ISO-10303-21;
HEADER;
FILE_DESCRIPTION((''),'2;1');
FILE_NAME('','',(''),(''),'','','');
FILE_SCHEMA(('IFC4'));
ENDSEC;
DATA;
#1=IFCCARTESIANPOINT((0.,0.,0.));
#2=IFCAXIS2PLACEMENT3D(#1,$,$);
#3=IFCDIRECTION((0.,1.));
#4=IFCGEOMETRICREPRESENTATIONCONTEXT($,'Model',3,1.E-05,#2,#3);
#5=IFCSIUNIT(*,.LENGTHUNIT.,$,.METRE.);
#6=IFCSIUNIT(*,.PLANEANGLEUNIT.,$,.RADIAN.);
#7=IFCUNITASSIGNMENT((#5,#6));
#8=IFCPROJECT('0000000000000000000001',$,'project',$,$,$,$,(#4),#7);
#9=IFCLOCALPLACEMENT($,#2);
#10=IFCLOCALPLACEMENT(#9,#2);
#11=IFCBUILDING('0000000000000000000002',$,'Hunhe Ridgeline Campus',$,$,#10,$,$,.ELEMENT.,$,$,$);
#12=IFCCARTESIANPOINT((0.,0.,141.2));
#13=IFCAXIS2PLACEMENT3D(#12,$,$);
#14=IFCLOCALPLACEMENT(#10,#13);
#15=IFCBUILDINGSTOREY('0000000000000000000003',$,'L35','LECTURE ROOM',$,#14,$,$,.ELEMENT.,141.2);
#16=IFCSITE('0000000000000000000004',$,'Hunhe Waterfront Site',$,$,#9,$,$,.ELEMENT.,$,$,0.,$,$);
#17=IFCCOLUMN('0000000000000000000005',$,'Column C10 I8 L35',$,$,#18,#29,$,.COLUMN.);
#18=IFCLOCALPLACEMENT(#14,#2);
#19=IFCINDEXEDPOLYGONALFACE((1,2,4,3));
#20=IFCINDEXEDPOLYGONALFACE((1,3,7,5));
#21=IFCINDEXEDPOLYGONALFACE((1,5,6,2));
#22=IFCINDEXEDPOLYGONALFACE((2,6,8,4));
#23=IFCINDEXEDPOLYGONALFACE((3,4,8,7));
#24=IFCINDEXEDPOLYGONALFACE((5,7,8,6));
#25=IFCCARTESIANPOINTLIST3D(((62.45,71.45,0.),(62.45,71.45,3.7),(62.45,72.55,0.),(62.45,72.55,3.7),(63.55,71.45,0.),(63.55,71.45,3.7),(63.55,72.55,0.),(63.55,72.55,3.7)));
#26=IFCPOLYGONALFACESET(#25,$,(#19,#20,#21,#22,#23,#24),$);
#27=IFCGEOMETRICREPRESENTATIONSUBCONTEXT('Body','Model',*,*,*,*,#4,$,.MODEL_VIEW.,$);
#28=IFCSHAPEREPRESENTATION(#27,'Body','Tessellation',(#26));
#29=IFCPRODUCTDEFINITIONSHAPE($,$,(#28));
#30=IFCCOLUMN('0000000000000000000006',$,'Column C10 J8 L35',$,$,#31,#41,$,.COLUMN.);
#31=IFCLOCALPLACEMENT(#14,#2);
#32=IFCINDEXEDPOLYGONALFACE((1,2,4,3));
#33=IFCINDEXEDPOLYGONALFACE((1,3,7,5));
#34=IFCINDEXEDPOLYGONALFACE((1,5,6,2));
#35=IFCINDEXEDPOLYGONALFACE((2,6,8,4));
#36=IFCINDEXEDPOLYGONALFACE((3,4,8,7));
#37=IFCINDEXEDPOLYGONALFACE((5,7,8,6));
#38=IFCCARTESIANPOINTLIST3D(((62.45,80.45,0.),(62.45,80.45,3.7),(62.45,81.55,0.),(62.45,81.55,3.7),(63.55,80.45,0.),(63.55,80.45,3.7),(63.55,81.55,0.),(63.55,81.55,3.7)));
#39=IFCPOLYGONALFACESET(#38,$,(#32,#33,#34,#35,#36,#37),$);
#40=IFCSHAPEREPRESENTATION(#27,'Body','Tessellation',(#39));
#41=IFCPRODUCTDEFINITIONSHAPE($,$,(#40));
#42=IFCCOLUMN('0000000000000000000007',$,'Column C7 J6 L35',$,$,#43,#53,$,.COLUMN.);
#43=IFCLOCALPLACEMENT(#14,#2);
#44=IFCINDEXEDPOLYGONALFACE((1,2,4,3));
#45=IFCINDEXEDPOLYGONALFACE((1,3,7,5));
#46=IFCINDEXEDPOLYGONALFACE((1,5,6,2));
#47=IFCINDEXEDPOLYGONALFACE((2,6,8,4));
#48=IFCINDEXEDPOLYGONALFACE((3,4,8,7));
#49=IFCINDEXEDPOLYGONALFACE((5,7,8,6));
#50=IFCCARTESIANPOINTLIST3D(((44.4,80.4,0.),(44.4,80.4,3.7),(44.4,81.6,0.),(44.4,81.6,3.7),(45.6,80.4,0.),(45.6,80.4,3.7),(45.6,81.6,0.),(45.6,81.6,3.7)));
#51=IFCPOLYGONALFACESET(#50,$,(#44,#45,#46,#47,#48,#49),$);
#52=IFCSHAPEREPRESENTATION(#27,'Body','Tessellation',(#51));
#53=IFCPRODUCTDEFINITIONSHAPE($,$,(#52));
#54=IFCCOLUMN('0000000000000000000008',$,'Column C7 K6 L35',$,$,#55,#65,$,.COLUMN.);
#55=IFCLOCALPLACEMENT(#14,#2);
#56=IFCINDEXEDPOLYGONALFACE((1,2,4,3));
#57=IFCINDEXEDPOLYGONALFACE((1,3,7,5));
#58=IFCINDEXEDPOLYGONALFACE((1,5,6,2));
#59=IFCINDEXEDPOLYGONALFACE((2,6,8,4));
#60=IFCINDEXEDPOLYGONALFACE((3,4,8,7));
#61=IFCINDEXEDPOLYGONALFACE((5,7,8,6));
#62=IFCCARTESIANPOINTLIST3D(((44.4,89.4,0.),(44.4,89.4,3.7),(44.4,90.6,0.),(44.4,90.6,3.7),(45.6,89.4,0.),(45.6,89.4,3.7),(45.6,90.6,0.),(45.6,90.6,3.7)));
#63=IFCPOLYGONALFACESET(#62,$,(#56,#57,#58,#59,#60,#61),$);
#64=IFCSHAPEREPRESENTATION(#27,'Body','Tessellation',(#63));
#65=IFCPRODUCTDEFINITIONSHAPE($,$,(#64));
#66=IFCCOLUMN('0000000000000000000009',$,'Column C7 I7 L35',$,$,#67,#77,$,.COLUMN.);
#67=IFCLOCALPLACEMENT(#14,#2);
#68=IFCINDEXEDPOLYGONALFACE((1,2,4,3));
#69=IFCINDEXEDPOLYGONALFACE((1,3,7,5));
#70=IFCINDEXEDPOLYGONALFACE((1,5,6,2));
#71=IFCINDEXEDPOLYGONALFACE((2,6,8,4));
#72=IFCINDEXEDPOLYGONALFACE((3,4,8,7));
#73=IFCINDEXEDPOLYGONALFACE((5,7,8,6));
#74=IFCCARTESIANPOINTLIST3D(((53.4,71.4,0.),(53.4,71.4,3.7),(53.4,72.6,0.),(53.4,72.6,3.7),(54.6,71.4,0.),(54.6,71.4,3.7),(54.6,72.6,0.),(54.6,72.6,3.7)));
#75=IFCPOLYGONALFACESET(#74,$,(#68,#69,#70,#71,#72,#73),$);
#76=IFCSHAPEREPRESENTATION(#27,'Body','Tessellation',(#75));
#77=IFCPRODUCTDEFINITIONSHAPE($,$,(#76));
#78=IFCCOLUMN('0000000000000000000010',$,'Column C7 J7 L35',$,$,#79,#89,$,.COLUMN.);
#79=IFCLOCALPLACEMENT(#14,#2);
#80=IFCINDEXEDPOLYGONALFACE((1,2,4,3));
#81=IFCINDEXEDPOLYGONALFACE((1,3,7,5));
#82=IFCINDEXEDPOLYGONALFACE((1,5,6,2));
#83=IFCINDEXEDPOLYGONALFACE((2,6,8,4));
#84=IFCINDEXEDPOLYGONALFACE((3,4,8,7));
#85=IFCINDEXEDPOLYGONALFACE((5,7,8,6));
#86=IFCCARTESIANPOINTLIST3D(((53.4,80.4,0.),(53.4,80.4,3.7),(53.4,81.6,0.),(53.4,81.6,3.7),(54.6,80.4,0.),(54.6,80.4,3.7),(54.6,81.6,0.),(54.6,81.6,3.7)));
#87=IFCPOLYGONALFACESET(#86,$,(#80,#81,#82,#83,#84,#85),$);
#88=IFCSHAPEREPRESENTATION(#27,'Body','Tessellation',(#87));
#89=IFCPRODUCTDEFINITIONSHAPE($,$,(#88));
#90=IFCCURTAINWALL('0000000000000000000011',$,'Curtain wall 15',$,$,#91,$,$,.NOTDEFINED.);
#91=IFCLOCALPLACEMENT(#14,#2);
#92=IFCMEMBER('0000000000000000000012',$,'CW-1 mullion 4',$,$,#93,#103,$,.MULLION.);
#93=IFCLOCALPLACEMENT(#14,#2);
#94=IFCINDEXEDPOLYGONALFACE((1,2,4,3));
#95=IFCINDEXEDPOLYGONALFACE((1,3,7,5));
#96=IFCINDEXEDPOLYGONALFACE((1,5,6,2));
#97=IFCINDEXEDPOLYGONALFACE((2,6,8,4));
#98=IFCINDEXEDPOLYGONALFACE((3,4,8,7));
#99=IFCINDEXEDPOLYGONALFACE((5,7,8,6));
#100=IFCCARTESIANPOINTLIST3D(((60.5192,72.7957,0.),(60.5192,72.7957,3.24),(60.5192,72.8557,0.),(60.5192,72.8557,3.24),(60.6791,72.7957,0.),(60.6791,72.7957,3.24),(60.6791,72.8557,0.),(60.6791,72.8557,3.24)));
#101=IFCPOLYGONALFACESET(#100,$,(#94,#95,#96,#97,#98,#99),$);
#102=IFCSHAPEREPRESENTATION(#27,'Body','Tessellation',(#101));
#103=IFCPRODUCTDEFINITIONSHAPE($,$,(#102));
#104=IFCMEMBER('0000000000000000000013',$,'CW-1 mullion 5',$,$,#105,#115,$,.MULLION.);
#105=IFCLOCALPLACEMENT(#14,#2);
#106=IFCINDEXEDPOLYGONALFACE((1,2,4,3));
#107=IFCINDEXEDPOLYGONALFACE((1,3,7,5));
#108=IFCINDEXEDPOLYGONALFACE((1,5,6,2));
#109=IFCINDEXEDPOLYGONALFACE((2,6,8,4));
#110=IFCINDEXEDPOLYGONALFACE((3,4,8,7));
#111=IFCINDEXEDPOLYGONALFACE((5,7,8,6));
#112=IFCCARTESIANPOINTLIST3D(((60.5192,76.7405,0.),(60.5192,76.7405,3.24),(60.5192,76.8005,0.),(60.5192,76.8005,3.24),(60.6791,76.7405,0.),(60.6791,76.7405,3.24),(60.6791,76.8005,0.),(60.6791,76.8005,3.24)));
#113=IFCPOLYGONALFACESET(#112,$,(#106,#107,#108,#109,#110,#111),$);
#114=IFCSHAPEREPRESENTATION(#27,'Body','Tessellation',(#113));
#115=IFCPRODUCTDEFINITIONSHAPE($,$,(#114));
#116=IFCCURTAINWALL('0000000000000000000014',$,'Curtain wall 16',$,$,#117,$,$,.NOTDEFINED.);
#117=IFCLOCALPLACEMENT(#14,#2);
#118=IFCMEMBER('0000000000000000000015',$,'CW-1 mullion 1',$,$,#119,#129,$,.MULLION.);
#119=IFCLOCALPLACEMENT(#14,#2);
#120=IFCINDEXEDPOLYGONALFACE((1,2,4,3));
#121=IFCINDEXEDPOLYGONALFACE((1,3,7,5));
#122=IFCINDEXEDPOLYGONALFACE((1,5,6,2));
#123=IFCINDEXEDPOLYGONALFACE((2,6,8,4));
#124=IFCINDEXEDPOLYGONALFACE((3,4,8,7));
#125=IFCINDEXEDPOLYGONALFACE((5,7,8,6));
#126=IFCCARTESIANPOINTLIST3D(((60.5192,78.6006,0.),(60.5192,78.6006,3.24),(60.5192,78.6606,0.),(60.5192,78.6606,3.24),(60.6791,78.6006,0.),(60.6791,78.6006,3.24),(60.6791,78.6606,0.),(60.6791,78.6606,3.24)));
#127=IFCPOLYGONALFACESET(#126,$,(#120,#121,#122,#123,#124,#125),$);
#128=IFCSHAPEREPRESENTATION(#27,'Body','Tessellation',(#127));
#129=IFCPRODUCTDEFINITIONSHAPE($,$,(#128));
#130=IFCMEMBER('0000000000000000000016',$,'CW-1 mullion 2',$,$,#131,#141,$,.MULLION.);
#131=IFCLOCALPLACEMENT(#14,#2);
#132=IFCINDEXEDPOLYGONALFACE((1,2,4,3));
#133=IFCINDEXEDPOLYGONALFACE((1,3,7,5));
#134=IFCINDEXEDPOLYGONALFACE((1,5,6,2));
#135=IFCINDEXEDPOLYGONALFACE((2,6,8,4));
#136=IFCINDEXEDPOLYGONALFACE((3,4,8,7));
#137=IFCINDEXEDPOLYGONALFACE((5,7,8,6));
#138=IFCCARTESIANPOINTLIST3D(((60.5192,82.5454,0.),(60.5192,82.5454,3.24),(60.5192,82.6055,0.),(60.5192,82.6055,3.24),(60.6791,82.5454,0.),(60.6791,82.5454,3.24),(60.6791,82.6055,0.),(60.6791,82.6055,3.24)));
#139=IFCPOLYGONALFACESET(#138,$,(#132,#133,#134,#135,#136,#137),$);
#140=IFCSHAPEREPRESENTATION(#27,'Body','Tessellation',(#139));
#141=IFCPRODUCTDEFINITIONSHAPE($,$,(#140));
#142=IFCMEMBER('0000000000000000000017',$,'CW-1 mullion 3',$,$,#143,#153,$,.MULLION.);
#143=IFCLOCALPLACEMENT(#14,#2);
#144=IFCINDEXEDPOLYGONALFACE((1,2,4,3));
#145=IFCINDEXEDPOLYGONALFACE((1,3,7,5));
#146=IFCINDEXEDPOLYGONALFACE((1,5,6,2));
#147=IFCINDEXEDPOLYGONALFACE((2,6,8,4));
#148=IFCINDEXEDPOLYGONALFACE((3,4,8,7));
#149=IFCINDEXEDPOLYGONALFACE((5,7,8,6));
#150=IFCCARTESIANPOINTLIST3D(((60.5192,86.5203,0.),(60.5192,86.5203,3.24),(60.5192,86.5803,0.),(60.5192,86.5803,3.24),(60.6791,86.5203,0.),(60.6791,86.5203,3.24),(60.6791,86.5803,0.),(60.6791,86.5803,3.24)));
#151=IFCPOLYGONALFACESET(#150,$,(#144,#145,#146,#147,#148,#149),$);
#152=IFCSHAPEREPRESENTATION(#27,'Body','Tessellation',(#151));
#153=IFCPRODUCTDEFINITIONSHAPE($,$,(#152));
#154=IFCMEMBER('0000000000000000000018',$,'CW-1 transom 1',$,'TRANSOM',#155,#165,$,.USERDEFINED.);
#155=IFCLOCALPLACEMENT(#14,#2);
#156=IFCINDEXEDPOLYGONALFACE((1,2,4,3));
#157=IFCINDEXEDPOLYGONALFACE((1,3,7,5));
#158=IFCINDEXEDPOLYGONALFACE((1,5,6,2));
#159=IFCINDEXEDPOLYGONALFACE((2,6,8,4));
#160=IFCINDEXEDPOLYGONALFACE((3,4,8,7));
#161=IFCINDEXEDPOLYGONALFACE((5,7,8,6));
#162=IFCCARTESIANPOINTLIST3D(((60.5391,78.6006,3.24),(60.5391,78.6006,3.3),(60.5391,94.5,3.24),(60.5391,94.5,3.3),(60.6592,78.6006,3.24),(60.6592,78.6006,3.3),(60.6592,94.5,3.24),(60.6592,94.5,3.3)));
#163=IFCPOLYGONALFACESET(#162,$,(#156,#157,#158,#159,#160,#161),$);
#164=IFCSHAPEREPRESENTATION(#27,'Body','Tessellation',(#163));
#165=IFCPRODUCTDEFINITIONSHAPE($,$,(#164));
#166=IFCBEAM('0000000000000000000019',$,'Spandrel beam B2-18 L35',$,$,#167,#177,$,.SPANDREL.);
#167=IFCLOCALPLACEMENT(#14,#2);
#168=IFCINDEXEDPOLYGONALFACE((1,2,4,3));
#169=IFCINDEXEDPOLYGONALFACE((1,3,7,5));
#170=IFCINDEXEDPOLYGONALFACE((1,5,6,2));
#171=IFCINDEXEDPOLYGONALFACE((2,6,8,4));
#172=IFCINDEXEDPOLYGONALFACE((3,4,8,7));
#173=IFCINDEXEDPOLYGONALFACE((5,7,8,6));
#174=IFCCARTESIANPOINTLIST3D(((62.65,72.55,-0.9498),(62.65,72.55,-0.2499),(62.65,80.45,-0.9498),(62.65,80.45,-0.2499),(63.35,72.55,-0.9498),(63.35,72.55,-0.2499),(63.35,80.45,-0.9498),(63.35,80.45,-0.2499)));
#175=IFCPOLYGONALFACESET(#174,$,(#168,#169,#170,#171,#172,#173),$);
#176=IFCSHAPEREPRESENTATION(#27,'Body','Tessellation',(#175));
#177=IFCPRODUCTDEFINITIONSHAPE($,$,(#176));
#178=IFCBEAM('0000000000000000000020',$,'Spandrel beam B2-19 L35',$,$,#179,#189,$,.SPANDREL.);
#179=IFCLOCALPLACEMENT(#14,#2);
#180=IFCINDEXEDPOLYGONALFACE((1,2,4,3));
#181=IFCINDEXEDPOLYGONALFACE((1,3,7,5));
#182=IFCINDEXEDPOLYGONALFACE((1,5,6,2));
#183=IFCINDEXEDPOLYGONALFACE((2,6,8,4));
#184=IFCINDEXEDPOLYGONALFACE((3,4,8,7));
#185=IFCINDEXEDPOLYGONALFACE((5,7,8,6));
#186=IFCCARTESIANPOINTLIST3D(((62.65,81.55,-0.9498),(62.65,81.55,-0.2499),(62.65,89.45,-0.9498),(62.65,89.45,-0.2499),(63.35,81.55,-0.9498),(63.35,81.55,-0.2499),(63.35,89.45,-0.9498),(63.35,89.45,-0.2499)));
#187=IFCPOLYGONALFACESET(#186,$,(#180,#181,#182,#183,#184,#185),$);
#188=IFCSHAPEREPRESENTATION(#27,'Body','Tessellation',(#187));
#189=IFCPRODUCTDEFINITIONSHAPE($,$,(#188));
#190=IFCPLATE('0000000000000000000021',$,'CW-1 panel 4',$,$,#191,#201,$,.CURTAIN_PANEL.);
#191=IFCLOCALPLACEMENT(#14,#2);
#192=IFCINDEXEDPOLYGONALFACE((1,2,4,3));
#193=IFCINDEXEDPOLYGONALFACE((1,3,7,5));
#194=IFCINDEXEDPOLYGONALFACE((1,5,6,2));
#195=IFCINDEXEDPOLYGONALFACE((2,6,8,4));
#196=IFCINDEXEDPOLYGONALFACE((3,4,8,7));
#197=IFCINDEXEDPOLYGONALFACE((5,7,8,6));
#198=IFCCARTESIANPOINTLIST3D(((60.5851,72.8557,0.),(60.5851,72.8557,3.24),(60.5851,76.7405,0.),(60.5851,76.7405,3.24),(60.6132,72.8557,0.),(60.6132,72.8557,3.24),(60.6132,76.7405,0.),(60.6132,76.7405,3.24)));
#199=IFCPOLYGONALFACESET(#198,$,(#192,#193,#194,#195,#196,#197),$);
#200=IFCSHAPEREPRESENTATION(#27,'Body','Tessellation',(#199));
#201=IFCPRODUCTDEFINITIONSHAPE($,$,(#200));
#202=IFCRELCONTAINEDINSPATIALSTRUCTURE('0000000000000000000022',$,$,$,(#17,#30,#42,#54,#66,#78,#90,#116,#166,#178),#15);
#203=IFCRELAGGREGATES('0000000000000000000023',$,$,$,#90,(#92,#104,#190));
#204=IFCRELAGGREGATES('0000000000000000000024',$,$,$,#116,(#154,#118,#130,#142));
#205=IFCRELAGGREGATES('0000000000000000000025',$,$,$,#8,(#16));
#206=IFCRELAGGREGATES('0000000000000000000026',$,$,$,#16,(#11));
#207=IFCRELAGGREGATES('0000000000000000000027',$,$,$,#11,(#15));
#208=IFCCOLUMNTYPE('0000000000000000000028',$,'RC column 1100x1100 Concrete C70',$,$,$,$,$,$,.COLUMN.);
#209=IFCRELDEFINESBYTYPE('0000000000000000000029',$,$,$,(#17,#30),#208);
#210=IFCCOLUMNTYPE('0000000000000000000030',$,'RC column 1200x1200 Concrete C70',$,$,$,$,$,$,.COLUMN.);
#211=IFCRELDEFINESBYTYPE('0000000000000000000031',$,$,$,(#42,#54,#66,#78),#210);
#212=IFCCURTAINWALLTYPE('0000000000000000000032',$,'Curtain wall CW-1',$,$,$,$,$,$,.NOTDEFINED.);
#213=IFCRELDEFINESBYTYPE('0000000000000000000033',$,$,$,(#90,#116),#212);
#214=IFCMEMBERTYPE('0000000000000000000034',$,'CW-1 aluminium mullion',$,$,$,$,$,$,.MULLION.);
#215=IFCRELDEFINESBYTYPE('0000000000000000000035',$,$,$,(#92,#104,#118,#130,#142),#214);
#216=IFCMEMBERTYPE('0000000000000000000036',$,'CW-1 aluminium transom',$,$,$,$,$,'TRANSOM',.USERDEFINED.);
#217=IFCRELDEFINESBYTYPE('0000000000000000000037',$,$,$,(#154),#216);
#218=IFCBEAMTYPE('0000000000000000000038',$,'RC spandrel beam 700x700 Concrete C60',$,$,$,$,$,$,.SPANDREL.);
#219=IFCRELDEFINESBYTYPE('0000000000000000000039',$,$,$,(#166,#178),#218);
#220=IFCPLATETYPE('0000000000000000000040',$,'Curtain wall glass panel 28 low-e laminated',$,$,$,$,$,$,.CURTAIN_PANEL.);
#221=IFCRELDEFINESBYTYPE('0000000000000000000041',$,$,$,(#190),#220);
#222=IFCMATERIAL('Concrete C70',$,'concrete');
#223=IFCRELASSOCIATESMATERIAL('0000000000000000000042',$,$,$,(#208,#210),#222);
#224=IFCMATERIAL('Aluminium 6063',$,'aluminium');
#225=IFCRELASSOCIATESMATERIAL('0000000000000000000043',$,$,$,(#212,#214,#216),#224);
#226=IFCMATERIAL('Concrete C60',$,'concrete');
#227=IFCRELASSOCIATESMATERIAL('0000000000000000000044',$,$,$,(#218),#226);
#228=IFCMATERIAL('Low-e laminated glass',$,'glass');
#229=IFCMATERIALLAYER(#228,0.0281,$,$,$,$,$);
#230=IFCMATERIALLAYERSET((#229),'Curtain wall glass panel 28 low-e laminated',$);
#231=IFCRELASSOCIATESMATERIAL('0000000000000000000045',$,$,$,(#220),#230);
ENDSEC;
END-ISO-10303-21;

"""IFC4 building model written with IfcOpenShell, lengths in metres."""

from ifc_helpers import new_model, si_unit, direction, frame, origin, origin_2d, place, context, subcontext, project, spatial, rectangle, extrude, material, layer, layer_set, material_profile, profile_set, type_object, element, aggregate, save


model = new_model("IFC4")

# Units and contexts
model_context = context("Model", 3, precision=1e-05, world=origin(), true_north=direction((0.0, 1.0)))
body_context = subcontext(model_context, "Body", "Model", "MODEL_VIEW")
ifc_project = project(units=[si_unit("LENGTHUNIT", "METRE"), si_unit("PLANEANGLEUNIT", "RADIAN")], contexts=[model_context])

# Site, building, storey
site_placement = place(None, origin())
site = spatial("IfcSite", under=ifc_project, at=site_placement, Name="Hunhe Waterfront Site", CompositionType="ELEMENT", RefElevation=0.0)
building_placement = place(site_placement, origin())
building = spatial("IfcBuilding", under=site, at=building_placement, Name="Hunhe Ridgeline Campus", CompositionType="ELEMENT")
storey_placement = place(building_placement, frame((0.0, 0.0, 141.2)))
storey = spatial("IfcBuildingStorey", under=building, at=storey_placement, Name="L35", Description="LECTURE ROOM", CompositionType="ELEMENT", Elevation=141.2)

# Columns
ifc_material_1 = material(Name="Concrete C70", Category="concrete")
ifc_material_profile_1 = material_profile(ifc_material_1, rectangle(XDim=1.1001, YDim=1.1001, at=origin_2d()))
ifc_profile_set_1 = profile_set([ifc_material_profile_1], Name="Concrete C70")
column_type_1 = type_object("IfcColumnType", Name="RC column 1100x1100 Concrete C70", PredefinedType="COLUMN", material=ifc_profile_set_1)
for number, where, z_axis, x_axis, name in (
    (1, (63.0, 72.0, 0.0), (0.0, 0.0, 1.0), (1.0, 0.0, 0.0), "Column C10 I8 L35"),
    (2, (63.0, 81.0, 0.0), (0.0, 0.0, 1.0), (1.0, 0.0, 0.0), "Column C10 J8 L35"),
):
    element("IfcColumn", number, at=place(storey_placement, frame(where, z_axis=z_axis, x_axis=x_axis)), inside=storey, type_object=column_type_1, Name=name, PredefinedType="COLUMN", context=body_context, shape_type="SweptSolid", body=[
        extrude(rectangle(XDim=1.1001, YDim=1.1001, at=origin_2d()), origin(), (0.0, 0.0, 1.0), 3.7),
    ])
ifc_material_profile_2 = material_profile(ifc_material_1, rectangle(XDim=1.2, YDim=1.2, at=origin_2d()))
ifc_profile_set_2 = profile_set([ifc_material_profile_2], Name="Concrete C70")
column_type_2 = type_object("IfcColumnType", Name="RC column 1200x1200 Concrete C70", PredefinedType="COLUMN", material=ifc_profile_set_2)
for number, where, z_axis, x_axis, name in (
    (3, (45.0, 81.0, 0.0), (0.0, 0.0, 1.0), (1.0, 0.0, 0.0), "Column C7 J6 L35"),
    (4, (45.0, 90.0, 0.0), (0.0, 0.0, 1.0), (1.0, 0.0, 0.0), "Column C7 K6 L35"),
    (5, (54.0, 72.0, 0.0), (0.0, 0.0, 1.0), (1.0, 0.0, 0.0), "Column C7 I7 L35"),
    (6, (54.0, 81.0, 0.0), (0.0, 0.0, 1.0), (1.0, 0.0, 0.0), "Column C7 J7 L35"),
):
    element("IfcColumn", number, at=place(storey_placement, frame(where, z_axis=z_axis, x_axis=x_axis)), inside=storey, type_object=column_type_2, Name=name, PredefinedType="COLUMN", context=body_context, shape_type="SweptSolid", body=[
        extrude(rectangle(XDim=1.2, YDim=1.2, at=origin_2d()), origin(), (0.0, 0.0, 1.0), 3.7),
    ])

# Curtain walls, members
ifc_material_2 = material(Name="Aluminium 6063", Category="aluminium")
curtain_wall_type = type_object("IfcCurtainWallType", Name="Curtain wall CW-1", PredefinedType="NOTDEFINED", material=ifc_material_2)
curtain_wall_1_placement = place(storey_placement, origin())
curtain_wall_1 = element("IfcCurtainWall", 7, at=curtain_wall_1_placement, inside=storey, type_object=curtain_wall_type, Name="Curtain wall 15", PredefinedType="NOTDEFINED")
ifc_material_profile_3 = material_profile(ifc_material_2, rectangle(XDim=0.1599, YDim=0.0601, at=origin_2d()))
ifc_profile_set_3 = profile_set([ifc_material_profile_3], Name="Aluminium 6063")
member_type_1 = type_object("IfcMemberType", Name="CW-1 aluminium mullion", PredefinedType="MULLION", material=ifc_profile_set_3)
member_1_placement = place(storey_placement, frame((60.5991, 72.8257, 0.0), z_axis=(0.0, 0.0, 1.0), x_axis=(-1.0, 0.0, 0.0)))
member_1 = element("IfcMember", 8, at=member_1_placement, type_object=member_type_1, Name="CW-1 mullion 4", PredefinedType="MULLION", context=body_context, shape_type="SweptSolid", body=[
    extrude(rectangle(XDim=0.1599, YDim=0.0601, at=origin_2d()), origin(), (0.0, 0.0, 1.0), 3.24),
])
member_2_placement = place(storey_placement, frame((60.5991, 76.7705, 0.0), z_axis=(0.0, 0.0, 1.0), x_axis=(-1.0, 0.0, 0.0)))
member_2 = element("IfcMember", 9, at=member_2_placement, type_object=member_type_1, Name="CW-1 mullion 5", PredefinedType="MULLION", context=body_context, shape_type="SweptSolid", body=[
    extrude(rectangle(XDim=0.1599, YDim=0.0601, at=origin_2d()), origin(), (0.0, 0.0, 1.0), 3.24),
])
curtain_wall_2_placement = place(storey_placement, origin())
curtain_wall_2 = element("IfcCurtainWall", 10, at=curtain_wall_2_placement, inside=storey, type_object=curtain_wall_type, Name="Curtain wall 16", PredefinedType="NOTDEFINED")
member_3_placement = place(storey_placement, frame((60.5991, 78.6306, 0.0), z_axis=(0.0, 0.0, 1.0), x_axis=(-1.0, 0.0, 0.0)))
member_3 = element("IfcMember", 11, at=member_3_placement, type_object=member_type_1, Name="CW-1 mullion 1", PredefinedType="MULLION", context=body_context, shape_type="SweptSolid", body=[
    extrude(rectangle(XDim=0.1599, YDim=0.0601, at=origin_2d()), origin(), (0.0, 0.0, 1.0), 3.24),
])
member_4_placement = place(storey_placement, frame((60.5991, 82.5754, 0.0), z_axis=(0.0, 0.0, 1.0), x_axis=(-1.0, 0.0, 0.0)))
member_4 = element("IfcMember", 12, at=member_4_placement, type_object=member_type_1, Name="CW-1 mullion 2", PredefinedType="MULLION", context=body_context, shape_type="SweptSolid", body=[
    extrude(rectangle(XDim=0.1599, YDim=0.0601, at=origin_2d()), origin(), (0.0, 0.0, 1.0), 3.24),
])
member_5_placement = place(storey_placement, frame((60.5991, 86.5503, 0.0), z_axis=(0.0, 0.0, 1.0), x_axis=(-1.0, 0.0, 0.0)))
member_5 = element("IfcMember", 13, at=member_5_placement, type_object=member_type_1, Name="CW-1 mullion 3", PredefinedType="MULLION", context=body_context, shape_type="SweptSolid", body=[
    extrude(rectangle(XDim=0.1599, YDim=0.0601, at=origin_2d()), origin(), (0.0, 0.0, 1.0), 3.24),
])
ifc_material_profile_4 = material_profile(ifc_material_2, rectangle(XDim=0.1201, YDim=0.0601, at=origin_2d()))
ifc_profile_set_4 = profile_set([ifc_material_profile_4], Name="Aluminium 6063")
member_type_2 = type_object("IfcMemberType", Name="CW-1 aluminium transom", ElementType="TRANSOM", PredefinedType="USERDEFINED", material=ifc_profile_set_4)
member_6_placement = place(storey_placement, frame((60.5991, 78.6006, 3.27), z_axis=(0.0, 1.0, 0.0), x_axis=(-1.0, 0.0, 0.0)))
member_6 = element("IfcMember", 14, at=member_6_placement, type_object=member_type_2, Name="CW-1 transom 1", ObjectType="TRANSOM", PredefinedType="USERDEFINED", context=body_context, shape_type="SweptSolid", body=[
    extrude(rectangle(XDim=0.1201, YDim=0.0601, at=origin_2d()), origin(), (0.0, 0.0, 1.0), 15.8994),
])

# Beams
ifc_material_3 = material(Name="Concrete C60", Category="concrete")
ifc_material_profile_5 = material_profile(ifc_material_3, rectangle(XDim=0.7, YDim=0.7, at=origin_2d()))
ifc_profile_set_5 = profile_set([ifc_material_profile_5], Name="Concrete C60")
beam_type = type_object("IfcBeamType", Name="RC spandrel beam 700x700 Concrete C60", PredefinedType="SPANDREL", material=ifc_profile_set_5)
for number, where, z_axis, x_axis, name in (
    (15, (63.0, 72.55, -0.5999), (0.0, 1.0, 0.0), (-1.0, 0.0, 0.0), "Spandrel beam B2-18 L35"),
    (16, (63.0, 81.55, -0.5999), (0.0, 1.0, 0.0), (-1.0, 0.0, 0.0), "Spandrel beam B2-19 L35"),
):
    element("IfcBeam", number, at=place(storey_placement, frame(where, z_axis=z_axis, x_axis=x_axis)), inside=storey, type_object=beam_type, Name=name, PredefinedType="SPANDREL", context=body_context, shape_type="SweptSolid", body=[
        extrude(rectangle(XDim=0.7, YDim=0.7, at=origin_2d()), origin(), (0.0, 0.0, 1.0), 7.8999),
    ])

# Plate
ifc_material_4 = material(Name="Low-e laminated glass", Category="glass")
ifc_layer_1 = layer(ifc_material_4, 0.0281)
ifc_layer_set_1 = layer_set([ifc_layer_1], Name="Curtain wall glass panel 28 low-e laminated")
plate_type = type_object("IfcPlateType", Name="Curtain wall glass panel 28 low-e laminated", PredefinedType="CURTAIN_PANEL", material=ifc_layer_set_1)
plate_1_placement = place(storey_placement, frame((60.5991, 74.7981, 0.0), z_axis=(0.0, 0.0, 1.0), x_axis=(0.0, 1.0, 0.0)))
plate_1 = element("IfcPlate", 17, at=plate_1_placement, type_object=plate_type, Name="CW-1 panel 4", PredefinedType="CURTAIN_PANEL", context=body_context, shape_type="SweptSolid", body=[
    extrude(rectangle(XDim=3.8848, YDim=0.0281, at=origin_2d()), origin(), (0.0, 0.0, 1.0), 3.24),
])
aggregate(curtain_wall_1, [member_1, member_2, plate_1])
aggregate(curtain_wall_2, [member_6, member_3, member_4, member_5])

save(model, "model.ifc")
